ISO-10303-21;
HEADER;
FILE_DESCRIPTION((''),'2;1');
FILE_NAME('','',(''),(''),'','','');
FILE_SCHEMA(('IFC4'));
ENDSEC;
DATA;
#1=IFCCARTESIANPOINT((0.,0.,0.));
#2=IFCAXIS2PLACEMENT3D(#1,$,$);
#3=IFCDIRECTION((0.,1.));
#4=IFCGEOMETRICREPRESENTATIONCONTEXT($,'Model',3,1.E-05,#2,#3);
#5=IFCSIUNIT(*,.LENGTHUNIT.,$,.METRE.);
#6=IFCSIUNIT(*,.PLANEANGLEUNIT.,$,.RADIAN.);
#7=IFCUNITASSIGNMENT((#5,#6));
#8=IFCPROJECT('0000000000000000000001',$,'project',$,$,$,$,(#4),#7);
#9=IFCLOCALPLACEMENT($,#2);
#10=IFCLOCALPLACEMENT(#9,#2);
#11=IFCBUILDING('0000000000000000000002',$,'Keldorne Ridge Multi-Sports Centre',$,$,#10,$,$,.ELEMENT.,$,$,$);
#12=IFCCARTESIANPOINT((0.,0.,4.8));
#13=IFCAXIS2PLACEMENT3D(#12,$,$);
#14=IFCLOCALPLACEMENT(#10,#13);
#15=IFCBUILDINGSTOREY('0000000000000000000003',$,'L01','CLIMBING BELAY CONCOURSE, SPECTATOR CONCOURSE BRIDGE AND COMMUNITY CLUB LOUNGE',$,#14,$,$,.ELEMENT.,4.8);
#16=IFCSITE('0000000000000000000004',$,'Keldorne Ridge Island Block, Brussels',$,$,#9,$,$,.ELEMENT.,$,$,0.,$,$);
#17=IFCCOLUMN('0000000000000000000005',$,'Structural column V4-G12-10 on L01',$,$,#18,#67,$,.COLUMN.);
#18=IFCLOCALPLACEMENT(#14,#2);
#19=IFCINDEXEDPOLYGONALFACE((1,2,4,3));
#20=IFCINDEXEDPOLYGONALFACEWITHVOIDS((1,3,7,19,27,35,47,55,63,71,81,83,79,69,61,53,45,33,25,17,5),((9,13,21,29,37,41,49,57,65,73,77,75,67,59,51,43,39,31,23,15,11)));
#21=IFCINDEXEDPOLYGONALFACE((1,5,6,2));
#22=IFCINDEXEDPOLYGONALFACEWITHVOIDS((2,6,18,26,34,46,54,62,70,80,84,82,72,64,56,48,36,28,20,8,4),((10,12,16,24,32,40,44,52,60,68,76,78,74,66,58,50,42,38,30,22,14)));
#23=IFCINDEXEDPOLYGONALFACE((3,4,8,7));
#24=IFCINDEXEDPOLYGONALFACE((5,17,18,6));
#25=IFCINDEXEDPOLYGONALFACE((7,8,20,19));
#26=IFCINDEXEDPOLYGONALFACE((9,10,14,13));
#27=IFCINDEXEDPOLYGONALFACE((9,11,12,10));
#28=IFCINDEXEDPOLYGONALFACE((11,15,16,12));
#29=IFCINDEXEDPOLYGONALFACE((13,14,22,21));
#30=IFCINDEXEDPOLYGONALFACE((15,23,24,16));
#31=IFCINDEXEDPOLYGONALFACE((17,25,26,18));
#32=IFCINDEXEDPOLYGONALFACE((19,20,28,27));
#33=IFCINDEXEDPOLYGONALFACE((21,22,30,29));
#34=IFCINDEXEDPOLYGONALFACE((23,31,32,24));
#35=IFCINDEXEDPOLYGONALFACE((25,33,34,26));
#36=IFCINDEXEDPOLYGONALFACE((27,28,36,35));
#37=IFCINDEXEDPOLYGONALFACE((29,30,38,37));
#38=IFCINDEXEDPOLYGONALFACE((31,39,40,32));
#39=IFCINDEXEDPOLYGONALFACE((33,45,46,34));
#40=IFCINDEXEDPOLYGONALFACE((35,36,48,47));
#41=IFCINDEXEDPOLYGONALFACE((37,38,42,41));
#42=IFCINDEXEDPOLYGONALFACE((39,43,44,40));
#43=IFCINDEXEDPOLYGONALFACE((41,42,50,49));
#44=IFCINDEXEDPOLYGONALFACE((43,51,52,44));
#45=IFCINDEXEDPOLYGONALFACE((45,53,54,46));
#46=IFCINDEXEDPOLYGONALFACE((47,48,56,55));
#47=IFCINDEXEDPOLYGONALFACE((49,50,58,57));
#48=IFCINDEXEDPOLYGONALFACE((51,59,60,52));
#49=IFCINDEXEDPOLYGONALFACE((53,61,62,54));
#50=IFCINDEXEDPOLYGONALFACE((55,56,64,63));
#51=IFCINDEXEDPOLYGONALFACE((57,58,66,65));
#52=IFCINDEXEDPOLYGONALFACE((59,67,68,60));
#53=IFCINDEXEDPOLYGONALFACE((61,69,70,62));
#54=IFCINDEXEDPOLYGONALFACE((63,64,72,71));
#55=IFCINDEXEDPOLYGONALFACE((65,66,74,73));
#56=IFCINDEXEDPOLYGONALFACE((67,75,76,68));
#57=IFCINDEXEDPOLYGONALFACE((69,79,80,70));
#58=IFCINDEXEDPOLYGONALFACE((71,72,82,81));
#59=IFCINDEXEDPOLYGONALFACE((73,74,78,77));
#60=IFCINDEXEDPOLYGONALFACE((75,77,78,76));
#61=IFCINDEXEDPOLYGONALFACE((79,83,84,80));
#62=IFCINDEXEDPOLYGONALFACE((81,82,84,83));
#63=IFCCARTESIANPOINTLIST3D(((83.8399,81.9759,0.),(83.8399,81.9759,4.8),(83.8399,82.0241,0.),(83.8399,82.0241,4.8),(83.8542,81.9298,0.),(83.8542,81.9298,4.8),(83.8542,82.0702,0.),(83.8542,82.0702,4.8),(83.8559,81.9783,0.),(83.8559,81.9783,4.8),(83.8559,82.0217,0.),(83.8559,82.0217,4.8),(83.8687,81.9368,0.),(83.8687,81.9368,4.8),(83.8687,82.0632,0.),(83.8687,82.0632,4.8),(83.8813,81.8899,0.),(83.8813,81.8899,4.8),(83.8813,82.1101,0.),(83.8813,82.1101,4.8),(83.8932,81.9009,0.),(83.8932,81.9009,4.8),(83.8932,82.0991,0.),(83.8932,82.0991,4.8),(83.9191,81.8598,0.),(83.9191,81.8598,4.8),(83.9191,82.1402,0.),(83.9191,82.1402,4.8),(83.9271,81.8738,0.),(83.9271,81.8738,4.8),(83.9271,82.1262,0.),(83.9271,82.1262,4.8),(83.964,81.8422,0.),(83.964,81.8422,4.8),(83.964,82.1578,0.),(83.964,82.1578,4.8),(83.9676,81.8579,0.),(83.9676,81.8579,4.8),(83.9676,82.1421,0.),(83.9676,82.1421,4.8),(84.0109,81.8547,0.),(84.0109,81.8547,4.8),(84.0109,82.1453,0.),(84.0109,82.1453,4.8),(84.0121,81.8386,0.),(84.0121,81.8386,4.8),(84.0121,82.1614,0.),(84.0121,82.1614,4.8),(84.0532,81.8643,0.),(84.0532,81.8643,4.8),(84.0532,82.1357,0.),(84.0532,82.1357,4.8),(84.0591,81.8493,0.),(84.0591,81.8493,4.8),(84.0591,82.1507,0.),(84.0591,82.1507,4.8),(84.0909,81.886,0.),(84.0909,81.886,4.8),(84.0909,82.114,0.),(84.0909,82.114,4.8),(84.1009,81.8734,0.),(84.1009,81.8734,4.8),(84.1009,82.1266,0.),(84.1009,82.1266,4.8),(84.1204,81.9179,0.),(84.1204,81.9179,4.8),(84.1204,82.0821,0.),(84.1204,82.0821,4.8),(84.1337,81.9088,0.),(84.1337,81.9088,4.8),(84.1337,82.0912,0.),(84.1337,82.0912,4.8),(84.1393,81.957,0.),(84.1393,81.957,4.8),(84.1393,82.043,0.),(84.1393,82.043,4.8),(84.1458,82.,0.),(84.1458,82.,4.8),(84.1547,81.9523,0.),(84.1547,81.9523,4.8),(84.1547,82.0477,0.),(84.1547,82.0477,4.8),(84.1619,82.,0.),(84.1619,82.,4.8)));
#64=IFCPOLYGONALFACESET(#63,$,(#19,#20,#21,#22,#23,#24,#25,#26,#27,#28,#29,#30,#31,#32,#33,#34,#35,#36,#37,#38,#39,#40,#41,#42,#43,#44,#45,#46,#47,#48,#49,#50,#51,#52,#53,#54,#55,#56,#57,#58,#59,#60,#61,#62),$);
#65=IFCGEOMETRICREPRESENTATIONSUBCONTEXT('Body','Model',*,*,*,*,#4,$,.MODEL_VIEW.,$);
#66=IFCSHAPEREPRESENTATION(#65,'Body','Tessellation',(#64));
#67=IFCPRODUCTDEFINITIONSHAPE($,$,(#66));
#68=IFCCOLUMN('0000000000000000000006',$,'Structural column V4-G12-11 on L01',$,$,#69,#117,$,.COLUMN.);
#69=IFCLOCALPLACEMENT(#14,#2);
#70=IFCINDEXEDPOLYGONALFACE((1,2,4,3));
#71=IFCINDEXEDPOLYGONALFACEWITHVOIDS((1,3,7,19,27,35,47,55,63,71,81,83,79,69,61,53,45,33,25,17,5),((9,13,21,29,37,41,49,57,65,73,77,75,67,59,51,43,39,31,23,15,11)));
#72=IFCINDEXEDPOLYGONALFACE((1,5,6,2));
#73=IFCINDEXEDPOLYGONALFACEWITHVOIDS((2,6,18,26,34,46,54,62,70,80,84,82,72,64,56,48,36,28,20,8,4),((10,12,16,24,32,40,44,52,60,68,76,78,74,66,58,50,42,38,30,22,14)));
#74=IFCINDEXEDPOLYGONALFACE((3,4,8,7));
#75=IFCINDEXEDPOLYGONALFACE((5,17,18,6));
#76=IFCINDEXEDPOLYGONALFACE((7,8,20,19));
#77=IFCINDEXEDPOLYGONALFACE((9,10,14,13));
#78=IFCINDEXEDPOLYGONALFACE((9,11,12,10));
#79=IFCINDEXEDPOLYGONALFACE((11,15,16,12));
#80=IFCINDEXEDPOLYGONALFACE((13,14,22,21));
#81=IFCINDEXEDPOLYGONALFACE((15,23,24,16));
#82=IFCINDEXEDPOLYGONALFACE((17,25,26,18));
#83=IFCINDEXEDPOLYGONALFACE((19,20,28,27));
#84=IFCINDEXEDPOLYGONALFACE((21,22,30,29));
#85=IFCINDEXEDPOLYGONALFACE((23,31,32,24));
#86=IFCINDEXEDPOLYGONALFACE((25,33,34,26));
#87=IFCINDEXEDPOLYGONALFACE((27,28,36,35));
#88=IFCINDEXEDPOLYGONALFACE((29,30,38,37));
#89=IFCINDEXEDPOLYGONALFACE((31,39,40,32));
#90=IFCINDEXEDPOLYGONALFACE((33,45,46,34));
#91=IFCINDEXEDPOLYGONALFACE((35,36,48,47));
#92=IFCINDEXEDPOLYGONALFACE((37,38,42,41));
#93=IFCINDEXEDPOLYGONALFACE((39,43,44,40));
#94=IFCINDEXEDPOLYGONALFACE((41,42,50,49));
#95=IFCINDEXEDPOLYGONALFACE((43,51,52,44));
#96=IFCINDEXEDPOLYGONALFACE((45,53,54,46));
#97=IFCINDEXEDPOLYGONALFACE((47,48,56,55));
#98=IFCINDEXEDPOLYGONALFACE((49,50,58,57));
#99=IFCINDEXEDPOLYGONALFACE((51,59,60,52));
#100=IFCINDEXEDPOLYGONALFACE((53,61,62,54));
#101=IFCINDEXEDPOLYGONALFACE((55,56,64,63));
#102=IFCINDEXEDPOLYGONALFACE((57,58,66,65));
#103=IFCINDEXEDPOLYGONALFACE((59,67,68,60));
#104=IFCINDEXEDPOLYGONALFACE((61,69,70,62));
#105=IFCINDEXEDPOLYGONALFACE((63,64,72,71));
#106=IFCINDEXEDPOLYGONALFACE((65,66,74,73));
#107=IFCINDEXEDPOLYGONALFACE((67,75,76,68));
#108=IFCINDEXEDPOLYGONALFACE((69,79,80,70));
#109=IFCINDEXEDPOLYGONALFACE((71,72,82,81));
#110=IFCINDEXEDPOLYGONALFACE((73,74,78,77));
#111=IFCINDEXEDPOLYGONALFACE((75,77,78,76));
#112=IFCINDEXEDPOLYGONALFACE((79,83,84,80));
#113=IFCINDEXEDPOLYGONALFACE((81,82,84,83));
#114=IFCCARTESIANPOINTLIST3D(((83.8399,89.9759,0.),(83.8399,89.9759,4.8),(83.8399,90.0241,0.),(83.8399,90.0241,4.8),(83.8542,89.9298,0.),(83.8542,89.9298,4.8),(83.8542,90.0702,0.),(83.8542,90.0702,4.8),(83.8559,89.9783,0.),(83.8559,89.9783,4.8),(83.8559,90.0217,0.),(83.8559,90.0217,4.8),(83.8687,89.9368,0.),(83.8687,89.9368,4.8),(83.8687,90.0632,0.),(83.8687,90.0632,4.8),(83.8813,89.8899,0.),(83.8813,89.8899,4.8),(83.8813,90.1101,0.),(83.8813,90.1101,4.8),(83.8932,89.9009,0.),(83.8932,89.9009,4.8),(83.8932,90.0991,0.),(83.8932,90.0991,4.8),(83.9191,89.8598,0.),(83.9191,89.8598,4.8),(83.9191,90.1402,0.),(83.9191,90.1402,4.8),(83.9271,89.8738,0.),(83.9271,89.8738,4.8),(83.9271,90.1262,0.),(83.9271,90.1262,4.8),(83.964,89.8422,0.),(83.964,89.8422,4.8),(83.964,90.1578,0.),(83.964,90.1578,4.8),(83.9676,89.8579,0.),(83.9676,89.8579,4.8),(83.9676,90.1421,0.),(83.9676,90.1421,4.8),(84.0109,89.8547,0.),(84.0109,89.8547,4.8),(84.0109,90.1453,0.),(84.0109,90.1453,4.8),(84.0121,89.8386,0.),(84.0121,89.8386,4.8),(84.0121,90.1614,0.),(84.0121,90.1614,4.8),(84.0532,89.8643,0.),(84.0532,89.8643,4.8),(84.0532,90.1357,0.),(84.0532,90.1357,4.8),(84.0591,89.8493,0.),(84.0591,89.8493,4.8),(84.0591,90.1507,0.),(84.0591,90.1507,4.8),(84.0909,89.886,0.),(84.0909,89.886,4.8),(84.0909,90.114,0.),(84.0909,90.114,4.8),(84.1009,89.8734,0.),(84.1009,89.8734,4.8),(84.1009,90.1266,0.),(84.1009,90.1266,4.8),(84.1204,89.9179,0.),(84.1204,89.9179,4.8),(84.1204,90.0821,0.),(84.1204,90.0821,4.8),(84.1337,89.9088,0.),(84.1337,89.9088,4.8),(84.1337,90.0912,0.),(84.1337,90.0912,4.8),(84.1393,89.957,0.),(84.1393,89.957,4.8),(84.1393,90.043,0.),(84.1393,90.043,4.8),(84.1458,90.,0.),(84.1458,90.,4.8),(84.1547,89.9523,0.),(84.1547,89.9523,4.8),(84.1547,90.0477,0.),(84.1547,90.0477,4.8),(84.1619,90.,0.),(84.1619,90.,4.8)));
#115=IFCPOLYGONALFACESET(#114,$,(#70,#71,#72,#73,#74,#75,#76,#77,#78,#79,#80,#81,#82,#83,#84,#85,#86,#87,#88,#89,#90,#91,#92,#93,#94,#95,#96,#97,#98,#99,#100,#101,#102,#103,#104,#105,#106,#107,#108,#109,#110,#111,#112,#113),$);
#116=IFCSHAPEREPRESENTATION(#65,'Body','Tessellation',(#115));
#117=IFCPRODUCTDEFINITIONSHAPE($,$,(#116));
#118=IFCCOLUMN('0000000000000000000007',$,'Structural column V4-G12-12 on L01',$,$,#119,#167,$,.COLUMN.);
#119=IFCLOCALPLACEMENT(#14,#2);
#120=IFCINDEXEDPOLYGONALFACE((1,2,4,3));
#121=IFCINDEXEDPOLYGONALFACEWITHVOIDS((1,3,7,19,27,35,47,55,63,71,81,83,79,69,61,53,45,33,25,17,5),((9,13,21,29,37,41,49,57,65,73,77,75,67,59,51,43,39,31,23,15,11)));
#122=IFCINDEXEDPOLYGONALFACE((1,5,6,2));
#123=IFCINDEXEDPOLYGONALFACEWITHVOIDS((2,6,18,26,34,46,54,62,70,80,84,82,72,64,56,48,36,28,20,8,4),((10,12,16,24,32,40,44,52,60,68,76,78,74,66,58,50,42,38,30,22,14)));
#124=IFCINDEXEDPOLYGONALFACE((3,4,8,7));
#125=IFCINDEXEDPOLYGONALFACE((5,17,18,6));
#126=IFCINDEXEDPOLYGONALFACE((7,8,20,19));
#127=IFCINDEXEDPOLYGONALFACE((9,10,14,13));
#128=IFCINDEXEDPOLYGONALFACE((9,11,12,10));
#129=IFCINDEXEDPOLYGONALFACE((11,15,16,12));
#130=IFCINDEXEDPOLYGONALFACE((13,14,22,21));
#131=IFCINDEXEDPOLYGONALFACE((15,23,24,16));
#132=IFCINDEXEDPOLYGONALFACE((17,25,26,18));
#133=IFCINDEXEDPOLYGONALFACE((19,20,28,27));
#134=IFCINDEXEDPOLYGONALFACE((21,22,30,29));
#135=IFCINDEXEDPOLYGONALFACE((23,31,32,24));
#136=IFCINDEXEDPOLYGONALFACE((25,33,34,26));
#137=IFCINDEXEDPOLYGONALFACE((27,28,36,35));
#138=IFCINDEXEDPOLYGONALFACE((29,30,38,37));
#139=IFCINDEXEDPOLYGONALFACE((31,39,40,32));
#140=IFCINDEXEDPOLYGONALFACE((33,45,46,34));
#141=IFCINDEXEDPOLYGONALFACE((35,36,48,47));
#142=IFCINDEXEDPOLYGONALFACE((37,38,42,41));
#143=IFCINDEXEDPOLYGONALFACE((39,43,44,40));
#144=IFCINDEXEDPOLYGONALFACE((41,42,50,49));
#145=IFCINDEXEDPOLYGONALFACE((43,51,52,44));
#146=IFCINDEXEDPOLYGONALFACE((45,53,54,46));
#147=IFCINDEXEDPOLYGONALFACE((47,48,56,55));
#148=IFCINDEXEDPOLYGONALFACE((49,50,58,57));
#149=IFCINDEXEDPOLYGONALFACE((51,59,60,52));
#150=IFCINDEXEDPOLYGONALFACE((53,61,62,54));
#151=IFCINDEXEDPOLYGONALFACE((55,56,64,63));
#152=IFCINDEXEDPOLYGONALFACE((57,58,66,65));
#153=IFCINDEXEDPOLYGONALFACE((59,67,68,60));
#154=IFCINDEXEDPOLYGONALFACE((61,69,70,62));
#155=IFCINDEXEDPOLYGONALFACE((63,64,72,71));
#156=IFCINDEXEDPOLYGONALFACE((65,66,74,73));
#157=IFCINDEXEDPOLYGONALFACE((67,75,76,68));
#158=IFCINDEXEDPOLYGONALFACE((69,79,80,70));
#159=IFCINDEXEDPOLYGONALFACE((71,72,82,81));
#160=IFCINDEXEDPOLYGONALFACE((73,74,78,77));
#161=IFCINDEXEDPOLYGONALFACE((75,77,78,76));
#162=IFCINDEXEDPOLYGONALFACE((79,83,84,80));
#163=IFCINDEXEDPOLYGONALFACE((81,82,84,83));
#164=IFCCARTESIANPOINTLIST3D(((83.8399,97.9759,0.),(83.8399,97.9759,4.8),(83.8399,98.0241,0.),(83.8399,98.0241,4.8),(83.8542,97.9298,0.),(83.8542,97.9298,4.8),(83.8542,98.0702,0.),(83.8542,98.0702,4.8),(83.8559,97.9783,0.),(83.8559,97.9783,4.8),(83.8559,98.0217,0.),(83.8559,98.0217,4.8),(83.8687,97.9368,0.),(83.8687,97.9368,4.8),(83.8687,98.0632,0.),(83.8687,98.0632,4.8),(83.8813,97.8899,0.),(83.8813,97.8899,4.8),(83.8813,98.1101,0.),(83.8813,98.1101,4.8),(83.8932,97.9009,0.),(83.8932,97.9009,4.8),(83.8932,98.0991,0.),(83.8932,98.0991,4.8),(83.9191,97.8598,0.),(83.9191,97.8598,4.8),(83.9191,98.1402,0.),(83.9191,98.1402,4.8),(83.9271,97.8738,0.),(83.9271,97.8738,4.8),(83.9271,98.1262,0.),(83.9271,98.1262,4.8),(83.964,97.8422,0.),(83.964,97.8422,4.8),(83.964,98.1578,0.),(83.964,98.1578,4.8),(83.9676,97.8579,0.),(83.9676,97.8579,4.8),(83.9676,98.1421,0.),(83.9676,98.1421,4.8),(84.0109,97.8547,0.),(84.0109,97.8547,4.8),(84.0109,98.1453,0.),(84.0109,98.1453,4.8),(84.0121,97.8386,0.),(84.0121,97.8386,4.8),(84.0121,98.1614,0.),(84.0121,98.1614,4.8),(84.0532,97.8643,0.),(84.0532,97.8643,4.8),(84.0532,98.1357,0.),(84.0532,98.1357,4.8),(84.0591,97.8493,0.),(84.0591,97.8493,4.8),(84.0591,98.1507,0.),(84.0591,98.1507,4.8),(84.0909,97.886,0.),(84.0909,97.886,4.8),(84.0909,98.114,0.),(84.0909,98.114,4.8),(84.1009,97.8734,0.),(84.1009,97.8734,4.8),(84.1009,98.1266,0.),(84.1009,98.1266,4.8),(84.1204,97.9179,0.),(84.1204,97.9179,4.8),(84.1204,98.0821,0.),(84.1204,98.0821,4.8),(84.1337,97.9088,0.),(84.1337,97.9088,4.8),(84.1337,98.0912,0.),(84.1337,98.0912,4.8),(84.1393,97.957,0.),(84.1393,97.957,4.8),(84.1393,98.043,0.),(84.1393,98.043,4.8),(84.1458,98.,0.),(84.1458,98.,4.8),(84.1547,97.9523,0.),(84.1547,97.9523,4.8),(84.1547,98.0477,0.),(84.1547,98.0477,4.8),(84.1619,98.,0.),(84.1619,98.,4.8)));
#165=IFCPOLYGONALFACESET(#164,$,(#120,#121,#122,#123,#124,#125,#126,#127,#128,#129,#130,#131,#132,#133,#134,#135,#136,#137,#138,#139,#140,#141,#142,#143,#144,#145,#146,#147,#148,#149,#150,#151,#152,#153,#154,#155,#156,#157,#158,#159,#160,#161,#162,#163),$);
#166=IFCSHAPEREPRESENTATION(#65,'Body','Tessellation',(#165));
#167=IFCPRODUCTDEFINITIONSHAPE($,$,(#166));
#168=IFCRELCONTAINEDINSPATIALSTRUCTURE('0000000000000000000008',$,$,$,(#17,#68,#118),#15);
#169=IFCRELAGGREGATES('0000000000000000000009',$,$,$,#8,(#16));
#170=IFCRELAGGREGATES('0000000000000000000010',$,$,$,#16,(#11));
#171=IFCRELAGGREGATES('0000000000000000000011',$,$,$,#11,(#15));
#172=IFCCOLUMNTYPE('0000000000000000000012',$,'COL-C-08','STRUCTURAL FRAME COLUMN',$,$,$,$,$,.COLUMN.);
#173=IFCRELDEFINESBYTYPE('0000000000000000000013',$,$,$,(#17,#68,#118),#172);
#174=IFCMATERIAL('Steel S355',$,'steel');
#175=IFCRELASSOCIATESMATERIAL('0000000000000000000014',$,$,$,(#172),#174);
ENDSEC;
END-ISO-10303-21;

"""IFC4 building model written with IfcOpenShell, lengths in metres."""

from ifc_helpers import new_model, si_unit, direction, frame, origin, origin_2d, place, context, subcontext, project, spatial, hollow_circle, extrude, material, material_profile, profile_set, type_object, element, save


model = new_model("IFC4")

# Units and contexts
model_context = context("Model", 3, precision=1e-05, world=origin(), true_north=direction((0.0, 1.0)))
body_context = subcontext(model_context, "Body", "Model", "MODEL_VIEW")
ifc_project = project(units=[si_unit("LENGTHUNIT", "METRE"), si_unit("PLANEANGLEUNIT", "RADIAN")], contexts=[model_context])

# Site, building, storey
site_placement = place(None, origin())
site = spatial("IfcSite", under=ifc_project, at=site_placement, Name="Keldorne Ridge Island Block, Brussels", CompositionType="ELEMENT", RefElevation=0.0)
building_placement = place(site_placement, origin())
building = spatial("IfcBuilding", under=site, at=building_placement, Name="Keldorne Ridge Multi-Sports Centre", CompositionType="ELEMENT")
storey_placement = place(building_placement, frame((0.0, 0.0, 4.8)))
storey = spatial("IfcBuildingStorey", under=building, at=storey_placement, Name="L01", Description="CLIMBING BELAY CONCOURSE, SPECTATOR CONCOURSE BRIDGE AND COMMUNITY CLUB LOUNGE", CompositionType="ELEMENT", Elevation=4.8)

# Columns
ifc_material_1 = material(Name="Steel S355", Category="steel")
ifc_material_profile_1 = material_profile(ifc_material_1, hollow_circle(Radius=0.1619, WallThickness=0.0161, at=origin_2d()), Name="CHS 323.9x16")
ifc_profile_set_1 = profile_set([ifc_material_profile_1], Name="Steel S355")
column_type = type_object("IfcColumnType", Name="COL-C-08", Description="STRUCTURAL FRAME COLUMN", PredefinedType="COLUMN", material=ifc_profile_set_1)
for number, where, z_axis, x_axis, name in (
    (1, (84.0, 82.0, 0.0), (0.0, 0.0, 1.0), (1.0, 0.0, 0.0), "Structural column V4-G12-10 on L01"),
    (2, (84.0, 90.0, 0.0), (0.0, 0.0, 1.0), (1.0, 0.0, 0.0), "Structural column V4-G12-11 on L01"),
    (3, (84.0, 98.0, 0.0), (0.0, 0.0, 1.0), (1.0, 0.0, 0.0), "Structural column V4-G12-12 on L01"),
):
    element("IfcColumn", number, at=place(storey_placement, frame(where, z_axis=z_axis, x_axis=x_axis)), inside=storey, type_object=column_type, Name=name, PredefinedType="COLUMN", context=body_context, shape_type="SweptSolid", body=[
        extrude(hollow_circle(Radius=0.1619, WallThickness=0.0161, at=origin_2d()), origin(), (0.0, 0.0, 1.0), 4.8),
    ])

save(model, "model.ifc")
